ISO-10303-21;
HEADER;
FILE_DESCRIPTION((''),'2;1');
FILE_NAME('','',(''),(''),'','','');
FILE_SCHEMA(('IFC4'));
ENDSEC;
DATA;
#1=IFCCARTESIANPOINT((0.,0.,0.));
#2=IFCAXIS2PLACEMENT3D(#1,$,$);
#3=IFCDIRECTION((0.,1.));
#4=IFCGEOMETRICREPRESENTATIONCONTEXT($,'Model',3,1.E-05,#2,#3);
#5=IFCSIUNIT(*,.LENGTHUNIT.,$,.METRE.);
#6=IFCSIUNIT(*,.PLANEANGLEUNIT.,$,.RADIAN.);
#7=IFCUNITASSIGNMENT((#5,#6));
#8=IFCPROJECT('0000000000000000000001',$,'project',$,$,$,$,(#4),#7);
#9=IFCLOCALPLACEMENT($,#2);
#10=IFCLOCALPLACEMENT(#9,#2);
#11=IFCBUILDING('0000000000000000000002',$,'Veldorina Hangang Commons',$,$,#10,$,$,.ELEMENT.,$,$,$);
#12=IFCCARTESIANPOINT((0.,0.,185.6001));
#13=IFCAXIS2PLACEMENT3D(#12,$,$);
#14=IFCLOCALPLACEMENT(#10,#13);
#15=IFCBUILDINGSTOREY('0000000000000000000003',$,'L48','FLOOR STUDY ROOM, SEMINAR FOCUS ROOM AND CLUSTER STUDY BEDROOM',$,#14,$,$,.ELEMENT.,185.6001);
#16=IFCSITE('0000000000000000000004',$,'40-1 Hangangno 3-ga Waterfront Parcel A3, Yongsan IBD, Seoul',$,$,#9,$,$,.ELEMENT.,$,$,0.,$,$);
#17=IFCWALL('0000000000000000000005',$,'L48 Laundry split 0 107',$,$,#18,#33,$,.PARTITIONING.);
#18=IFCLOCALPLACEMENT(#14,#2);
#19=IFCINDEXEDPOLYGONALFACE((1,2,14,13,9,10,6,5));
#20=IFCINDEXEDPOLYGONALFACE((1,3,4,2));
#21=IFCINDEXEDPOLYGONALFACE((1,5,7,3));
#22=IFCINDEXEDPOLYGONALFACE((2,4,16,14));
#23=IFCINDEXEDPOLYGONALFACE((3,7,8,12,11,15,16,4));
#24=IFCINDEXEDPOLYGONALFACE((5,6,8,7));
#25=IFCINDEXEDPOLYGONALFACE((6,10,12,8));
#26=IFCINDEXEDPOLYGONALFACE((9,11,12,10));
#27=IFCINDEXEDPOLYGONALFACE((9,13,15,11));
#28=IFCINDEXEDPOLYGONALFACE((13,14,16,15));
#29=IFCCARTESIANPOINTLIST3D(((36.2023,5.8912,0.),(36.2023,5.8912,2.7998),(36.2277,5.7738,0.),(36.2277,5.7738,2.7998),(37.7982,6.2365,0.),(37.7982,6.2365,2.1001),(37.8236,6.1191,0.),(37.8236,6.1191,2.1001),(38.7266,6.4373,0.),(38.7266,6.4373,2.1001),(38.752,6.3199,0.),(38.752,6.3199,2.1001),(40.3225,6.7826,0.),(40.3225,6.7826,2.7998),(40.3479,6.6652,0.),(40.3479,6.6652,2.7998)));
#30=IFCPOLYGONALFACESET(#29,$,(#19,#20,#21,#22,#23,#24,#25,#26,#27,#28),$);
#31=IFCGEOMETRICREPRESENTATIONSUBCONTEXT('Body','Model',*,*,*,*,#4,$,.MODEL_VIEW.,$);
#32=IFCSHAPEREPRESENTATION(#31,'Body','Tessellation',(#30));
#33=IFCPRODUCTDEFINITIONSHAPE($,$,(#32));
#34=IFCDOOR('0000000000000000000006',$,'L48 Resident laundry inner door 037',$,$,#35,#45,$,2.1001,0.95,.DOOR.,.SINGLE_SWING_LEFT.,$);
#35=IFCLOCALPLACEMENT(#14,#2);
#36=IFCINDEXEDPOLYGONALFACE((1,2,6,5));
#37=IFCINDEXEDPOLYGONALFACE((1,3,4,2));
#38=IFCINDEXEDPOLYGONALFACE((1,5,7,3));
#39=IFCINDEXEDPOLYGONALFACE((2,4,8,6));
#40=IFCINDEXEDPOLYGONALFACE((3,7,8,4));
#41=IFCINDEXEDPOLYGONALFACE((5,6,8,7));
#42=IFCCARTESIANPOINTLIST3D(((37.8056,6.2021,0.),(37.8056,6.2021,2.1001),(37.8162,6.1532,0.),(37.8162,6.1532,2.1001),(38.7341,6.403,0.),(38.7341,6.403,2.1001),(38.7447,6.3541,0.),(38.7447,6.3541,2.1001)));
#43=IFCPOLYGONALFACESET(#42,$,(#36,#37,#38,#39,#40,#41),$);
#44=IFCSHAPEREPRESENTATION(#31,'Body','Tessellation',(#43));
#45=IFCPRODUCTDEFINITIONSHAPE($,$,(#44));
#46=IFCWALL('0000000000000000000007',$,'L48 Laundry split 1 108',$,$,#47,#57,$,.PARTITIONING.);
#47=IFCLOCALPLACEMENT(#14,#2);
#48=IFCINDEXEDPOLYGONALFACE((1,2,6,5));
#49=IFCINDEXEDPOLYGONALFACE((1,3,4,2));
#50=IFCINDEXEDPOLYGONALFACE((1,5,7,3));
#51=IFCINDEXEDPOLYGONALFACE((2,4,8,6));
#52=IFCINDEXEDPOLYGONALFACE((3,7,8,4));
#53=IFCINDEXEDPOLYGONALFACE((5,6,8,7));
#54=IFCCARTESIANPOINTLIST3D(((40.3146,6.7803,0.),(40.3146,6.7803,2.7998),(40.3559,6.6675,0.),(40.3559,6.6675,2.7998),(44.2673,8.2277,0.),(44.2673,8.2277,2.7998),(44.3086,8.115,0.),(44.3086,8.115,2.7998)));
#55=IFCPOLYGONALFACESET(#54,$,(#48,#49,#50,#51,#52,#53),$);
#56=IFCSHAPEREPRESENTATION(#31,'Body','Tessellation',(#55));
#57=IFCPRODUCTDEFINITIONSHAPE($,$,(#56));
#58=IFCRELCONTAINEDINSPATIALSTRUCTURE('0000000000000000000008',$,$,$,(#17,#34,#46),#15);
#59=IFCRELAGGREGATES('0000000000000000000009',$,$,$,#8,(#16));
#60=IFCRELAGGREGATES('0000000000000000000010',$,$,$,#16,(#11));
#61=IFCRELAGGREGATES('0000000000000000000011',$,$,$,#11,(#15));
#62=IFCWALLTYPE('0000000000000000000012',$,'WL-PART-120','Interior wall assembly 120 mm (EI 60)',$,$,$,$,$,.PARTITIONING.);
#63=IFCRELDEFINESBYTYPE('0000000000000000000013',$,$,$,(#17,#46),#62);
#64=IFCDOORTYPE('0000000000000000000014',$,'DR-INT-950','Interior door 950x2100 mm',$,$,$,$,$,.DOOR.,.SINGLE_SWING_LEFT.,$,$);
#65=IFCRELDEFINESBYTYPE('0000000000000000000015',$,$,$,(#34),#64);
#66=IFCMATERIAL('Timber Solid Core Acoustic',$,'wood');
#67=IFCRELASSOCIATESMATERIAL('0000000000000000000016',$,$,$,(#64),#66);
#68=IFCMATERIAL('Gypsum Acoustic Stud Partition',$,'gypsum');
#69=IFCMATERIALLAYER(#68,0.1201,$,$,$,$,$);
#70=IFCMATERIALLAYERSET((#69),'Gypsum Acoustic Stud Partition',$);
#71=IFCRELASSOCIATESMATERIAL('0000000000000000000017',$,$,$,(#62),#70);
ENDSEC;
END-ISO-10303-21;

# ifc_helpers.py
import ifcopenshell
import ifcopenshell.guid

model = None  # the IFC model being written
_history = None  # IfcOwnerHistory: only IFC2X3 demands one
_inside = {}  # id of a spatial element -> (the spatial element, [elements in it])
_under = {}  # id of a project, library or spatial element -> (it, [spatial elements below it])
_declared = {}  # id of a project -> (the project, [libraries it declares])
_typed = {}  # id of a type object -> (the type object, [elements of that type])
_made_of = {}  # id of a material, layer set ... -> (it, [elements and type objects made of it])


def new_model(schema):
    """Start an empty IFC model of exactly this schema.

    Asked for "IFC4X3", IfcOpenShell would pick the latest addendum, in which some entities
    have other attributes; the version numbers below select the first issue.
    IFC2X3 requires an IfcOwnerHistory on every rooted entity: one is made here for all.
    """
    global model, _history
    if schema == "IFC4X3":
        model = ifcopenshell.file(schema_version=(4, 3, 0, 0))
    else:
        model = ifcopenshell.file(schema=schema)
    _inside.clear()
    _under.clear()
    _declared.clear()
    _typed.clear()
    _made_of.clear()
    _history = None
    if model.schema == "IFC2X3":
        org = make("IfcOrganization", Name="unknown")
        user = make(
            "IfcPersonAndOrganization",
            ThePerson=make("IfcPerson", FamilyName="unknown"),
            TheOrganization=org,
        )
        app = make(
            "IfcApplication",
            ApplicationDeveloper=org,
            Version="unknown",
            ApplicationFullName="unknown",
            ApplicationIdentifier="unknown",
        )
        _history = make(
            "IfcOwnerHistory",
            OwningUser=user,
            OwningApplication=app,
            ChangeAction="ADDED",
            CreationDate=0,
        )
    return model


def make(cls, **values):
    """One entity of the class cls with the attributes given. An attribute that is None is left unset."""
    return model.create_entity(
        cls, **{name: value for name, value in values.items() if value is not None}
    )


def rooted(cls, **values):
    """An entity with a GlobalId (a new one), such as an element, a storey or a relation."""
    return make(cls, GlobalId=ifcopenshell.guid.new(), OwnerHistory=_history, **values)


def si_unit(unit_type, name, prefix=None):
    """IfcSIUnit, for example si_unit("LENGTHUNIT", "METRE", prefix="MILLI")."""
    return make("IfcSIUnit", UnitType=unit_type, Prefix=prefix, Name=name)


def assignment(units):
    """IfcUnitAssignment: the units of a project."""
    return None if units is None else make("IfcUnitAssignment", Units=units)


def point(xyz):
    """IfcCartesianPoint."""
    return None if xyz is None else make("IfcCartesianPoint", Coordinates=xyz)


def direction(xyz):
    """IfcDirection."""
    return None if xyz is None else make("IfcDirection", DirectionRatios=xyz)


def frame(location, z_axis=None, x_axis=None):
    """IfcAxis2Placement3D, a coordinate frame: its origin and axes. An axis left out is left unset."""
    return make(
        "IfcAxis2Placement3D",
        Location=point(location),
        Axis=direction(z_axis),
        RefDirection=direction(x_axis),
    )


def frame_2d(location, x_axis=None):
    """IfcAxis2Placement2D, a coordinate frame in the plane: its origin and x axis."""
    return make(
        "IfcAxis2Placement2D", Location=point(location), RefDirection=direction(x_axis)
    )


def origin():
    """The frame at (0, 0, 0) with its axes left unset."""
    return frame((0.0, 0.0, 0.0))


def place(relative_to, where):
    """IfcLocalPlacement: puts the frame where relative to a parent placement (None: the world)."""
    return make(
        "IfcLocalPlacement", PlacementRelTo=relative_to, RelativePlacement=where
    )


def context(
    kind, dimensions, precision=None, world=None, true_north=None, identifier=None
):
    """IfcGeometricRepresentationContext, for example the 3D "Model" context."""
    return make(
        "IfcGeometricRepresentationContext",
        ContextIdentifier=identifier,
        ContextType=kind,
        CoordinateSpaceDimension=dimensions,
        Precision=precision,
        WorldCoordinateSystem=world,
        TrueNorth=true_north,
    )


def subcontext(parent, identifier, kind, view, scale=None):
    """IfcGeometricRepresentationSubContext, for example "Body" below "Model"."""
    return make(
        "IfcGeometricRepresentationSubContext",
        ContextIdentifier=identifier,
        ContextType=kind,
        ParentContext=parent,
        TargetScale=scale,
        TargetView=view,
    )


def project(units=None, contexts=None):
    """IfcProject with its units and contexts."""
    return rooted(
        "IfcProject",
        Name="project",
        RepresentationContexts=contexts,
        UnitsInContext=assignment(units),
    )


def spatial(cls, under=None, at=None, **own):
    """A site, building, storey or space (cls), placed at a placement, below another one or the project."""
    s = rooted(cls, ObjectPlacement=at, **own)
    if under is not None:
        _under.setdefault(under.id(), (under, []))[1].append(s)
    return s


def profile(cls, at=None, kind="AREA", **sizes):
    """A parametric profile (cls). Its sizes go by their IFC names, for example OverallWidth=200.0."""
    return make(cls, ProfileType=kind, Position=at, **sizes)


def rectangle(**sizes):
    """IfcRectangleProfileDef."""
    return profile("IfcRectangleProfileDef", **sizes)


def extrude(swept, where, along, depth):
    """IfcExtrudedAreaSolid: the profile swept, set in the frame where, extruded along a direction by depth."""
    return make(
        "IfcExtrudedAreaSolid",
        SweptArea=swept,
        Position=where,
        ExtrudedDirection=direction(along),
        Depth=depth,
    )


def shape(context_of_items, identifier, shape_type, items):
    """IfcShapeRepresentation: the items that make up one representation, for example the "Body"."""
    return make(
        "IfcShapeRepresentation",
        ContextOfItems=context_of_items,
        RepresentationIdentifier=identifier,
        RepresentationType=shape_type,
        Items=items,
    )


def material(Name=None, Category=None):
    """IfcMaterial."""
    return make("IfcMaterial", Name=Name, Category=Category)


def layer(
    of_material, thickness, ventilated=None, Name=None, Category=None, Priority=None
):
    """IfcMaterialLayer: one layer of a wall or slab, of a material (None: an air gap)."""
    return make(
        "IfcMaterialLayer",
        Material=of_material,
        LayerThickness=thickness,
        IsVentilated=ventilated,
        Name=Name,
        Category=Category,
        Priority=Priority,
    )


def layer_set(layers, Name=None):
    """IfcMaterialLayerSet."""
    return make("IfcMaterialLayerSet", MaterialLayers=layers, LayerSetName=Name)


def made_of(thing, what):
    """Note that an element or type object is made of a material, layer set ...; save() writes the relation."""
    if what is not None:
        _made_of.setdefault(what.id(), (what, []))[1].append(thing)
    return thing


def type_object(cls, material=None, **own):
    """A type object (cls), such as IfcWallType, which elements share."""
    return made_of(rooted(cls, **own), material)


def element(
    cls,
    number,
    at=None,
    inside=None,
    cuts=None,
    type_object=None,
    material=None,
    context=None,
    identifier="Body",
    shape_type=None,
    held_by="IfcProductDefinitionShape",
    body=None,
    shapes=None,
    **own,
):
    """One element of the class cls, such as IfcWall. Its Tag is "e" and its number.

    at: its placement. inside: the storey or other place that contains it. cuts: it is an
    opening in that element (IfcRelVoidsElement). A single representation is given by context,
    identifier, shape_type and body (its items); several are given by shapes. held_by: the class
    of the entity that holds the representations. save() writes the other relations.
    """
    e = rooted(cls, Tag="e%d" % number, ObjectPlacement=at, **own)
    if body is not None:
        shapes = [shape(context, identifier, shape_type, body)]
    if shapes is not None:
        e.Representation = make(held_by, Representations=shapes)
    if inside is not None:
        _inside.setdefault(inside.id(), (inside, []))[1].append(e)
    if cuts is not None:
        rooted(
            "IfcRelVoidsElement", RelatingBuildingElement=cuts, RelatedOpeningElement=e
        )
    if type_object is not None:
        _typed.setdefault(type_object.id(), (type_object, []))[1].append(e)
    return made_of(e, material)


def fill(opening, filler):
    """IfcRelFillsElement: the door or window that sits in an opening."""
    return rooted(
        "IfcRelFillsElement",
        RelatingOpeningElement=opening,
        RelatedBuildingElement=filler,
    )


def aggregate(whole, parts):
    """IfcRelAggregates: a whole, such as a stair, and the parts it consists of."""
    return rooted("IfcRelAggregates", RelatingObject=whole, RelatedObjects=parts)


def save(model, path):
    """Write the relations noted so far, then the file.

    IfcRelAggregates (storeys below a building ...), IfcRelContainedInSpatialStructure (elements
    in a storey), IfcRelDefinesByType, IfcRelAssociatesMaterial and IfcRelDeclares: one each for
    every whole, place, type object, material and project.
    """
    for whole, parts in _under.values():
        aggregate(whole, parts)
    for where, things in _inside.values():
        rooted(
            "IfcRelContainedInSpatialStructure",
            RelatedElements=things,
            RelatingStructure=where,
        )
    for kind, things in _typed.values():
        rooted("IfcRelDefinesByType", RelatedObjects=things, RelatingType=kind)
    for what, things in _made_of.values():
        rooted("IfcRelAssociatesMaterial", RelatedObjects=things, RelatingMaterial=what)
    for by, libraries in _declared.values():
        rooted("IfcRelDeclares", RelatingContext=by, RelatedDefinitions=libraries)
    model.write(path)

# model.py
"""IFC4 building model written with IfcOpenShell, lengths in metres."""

from ifc_helpers import new_model, si_unit, direction, frame, frame_2d, origin, place, context, subcontext, project, spatial, rectangle, extrude, material, layer, layer_set, type_object, element, fill, save


model = new_model("IFC4")

# Units and contexts
model_context = context("Model", 3, precision=1e-05, world=origin(), true_north=direction((0.0, 1.0)))
body_context = subcontext(model_context, "Body", "Model", "MODEL_VIEW")
ifc_project = project(units=[si_unit("LENGTHUNIT", "METRE"), si_unit("PLANEANGLEUNIT", "RADIAN")], contexts=[model_context])

# Site, building, storey
site_placement = place(None, origin())
site = spatial("IfcSite", under=ifc_project, at=site_placement, Name="40-1 Hangangno 3-ga Waterfront Parcel A3, Yongsan IBD, Seoul", CompositionType="ELEMENT", RefElevation=0.0)
building_placement = place(site_placement, origin())
building = spatial("IfcBuilding", under=site, at=building_placement, Name="Veldorina Hangang Commons", CompositionType="ELEMENT")
storey_placement = place(building_placement, frame((0.0, 0.0, 185.6001)))
storey = spatial("IfcBuildingStorey", under=building, at=storey_placement, Name="L48", Description="FLOOR STUDY ROOM, SEMINAR FOCUS ROOM AND CLUSTER STUDY BEDROOM", CompositionType="ELEMENT", Elevation=185.6001)

# Shared definitions
ifc_material_1 = material(Name="Timber Solid Core Acoustic", Category="wood")
door_type_1 = type_object("IfcDoorType", Name="DR-INT-950", Description="Interior door 950x2100 mm", OperationType="SINGLE_SWING_LEFT", PredefinedType="DOOR", material=ifc_material_1)

# Wall, opening, door
ifc_material_2 = material(Name="Gypsum Acoustic Stud Partition", Category="gypsum")
ifc_layer_1 = layer(ifc_material_2, 0.1201)
ifc_layer_set_1 = layer_set([ifc_layer_1], Name="Gypsum Acoustic Stud Partition")
wall_type_1 = type_object("IfcWallType", Name="WL-PART-120", Description="Interior wall assembly 120 mm (EI 60)", PredefinedType="PARTITIONING", material=ifc_layer_set_1)
wall_1_placement = place(storey_placement, frame((36.2148, 5.8325, 0.0), z_axis=(0.0, 0.0, 1.0), x_axis=(0.977391, 0.211439, 0.0)))
wall_1 = element("IfcWall", 1, at=wall_1_placement, inside=storey, type_object=wall_type_1, Name="L48 Laundry split 0 107", PredefinedType="PARTITIONING", context=body_context, shape_type="SweptSolid", body=[
    extrude(rectangle(XDim=4.2156, YDim=0.1201, at=frame_2d((2.1079, 0.0))), origin(), (0.0, 0.0, 1.0), 2.7998),
])
opening_1_placement = place(wall_1_placement, frame((1.6328, 0.0, 0.0)))
opening_1 = element("IfcOpeningElement", 2, at=opening_1_placement, cuts=wall_1, PredefinedType="OPENING", context=body_context, shape_type="SweptSolid", body=[
    extrude(rectangle(XDim=0.95, YDim=2.1001, at=frame_2d((0.4751, 1.05))), frame((0.0, 0.0701, 0.0), z_axis=(0.0, -1.0, 0.0), x_axis=(1.0, 0.0, 0.0)), (0.0, 0.0, 1.0), 0.1401),
])
door_1_placement = place(opening_1_placement, origin())
door_1 = element("IfcDoor", 3, at=door_1_placement, inside=storey, type_object=door_type_1, Name="L48 Resident laundry inner door 037", OperationType="SINGLE_SWING_LEFT", OverallHeight=2.1001, OverallWidth=0.95, PredefinedType="DOOR", context=body_context, shape_type="SweptSolid", body=[
    extrude(rectangle(XDim=0.95, YDim=2.1001, at=frame_2d((0.4751, 1.05))), frame((0.0, 0.0249, 0.0), z_axis=(0.0, -1.0, 0.0), x_axis=(1.0, 0.0, 0.0)), (0.0, 0.0, 1.0), 0.05),
])
fill(opening_1, door_1)

# Wall
wall_2_placement = place(storey_placement, frame((40.3352, 6.7239, 0.0), z_axis=(0.0, 0.0, 1.0), x_axis=(0.939021, 0.343861, 0.0)))
element("IfcWall", 4, at=wall_2_placement, inside=storey, type_object=wall_type_1, Name="L48 Laundry split 1 108", PredefinedType="PARTITIONING", context=body_context, shape_type="SweptSolid", body=[
    extrude(rectangle(XDim=4.2095, YDim=0.1201, at=frame_2d((2.1047, 0.0))), origin(), (0.0, 0.0, 1.0), 2.7998),
])

save(model, "model.ifc")
